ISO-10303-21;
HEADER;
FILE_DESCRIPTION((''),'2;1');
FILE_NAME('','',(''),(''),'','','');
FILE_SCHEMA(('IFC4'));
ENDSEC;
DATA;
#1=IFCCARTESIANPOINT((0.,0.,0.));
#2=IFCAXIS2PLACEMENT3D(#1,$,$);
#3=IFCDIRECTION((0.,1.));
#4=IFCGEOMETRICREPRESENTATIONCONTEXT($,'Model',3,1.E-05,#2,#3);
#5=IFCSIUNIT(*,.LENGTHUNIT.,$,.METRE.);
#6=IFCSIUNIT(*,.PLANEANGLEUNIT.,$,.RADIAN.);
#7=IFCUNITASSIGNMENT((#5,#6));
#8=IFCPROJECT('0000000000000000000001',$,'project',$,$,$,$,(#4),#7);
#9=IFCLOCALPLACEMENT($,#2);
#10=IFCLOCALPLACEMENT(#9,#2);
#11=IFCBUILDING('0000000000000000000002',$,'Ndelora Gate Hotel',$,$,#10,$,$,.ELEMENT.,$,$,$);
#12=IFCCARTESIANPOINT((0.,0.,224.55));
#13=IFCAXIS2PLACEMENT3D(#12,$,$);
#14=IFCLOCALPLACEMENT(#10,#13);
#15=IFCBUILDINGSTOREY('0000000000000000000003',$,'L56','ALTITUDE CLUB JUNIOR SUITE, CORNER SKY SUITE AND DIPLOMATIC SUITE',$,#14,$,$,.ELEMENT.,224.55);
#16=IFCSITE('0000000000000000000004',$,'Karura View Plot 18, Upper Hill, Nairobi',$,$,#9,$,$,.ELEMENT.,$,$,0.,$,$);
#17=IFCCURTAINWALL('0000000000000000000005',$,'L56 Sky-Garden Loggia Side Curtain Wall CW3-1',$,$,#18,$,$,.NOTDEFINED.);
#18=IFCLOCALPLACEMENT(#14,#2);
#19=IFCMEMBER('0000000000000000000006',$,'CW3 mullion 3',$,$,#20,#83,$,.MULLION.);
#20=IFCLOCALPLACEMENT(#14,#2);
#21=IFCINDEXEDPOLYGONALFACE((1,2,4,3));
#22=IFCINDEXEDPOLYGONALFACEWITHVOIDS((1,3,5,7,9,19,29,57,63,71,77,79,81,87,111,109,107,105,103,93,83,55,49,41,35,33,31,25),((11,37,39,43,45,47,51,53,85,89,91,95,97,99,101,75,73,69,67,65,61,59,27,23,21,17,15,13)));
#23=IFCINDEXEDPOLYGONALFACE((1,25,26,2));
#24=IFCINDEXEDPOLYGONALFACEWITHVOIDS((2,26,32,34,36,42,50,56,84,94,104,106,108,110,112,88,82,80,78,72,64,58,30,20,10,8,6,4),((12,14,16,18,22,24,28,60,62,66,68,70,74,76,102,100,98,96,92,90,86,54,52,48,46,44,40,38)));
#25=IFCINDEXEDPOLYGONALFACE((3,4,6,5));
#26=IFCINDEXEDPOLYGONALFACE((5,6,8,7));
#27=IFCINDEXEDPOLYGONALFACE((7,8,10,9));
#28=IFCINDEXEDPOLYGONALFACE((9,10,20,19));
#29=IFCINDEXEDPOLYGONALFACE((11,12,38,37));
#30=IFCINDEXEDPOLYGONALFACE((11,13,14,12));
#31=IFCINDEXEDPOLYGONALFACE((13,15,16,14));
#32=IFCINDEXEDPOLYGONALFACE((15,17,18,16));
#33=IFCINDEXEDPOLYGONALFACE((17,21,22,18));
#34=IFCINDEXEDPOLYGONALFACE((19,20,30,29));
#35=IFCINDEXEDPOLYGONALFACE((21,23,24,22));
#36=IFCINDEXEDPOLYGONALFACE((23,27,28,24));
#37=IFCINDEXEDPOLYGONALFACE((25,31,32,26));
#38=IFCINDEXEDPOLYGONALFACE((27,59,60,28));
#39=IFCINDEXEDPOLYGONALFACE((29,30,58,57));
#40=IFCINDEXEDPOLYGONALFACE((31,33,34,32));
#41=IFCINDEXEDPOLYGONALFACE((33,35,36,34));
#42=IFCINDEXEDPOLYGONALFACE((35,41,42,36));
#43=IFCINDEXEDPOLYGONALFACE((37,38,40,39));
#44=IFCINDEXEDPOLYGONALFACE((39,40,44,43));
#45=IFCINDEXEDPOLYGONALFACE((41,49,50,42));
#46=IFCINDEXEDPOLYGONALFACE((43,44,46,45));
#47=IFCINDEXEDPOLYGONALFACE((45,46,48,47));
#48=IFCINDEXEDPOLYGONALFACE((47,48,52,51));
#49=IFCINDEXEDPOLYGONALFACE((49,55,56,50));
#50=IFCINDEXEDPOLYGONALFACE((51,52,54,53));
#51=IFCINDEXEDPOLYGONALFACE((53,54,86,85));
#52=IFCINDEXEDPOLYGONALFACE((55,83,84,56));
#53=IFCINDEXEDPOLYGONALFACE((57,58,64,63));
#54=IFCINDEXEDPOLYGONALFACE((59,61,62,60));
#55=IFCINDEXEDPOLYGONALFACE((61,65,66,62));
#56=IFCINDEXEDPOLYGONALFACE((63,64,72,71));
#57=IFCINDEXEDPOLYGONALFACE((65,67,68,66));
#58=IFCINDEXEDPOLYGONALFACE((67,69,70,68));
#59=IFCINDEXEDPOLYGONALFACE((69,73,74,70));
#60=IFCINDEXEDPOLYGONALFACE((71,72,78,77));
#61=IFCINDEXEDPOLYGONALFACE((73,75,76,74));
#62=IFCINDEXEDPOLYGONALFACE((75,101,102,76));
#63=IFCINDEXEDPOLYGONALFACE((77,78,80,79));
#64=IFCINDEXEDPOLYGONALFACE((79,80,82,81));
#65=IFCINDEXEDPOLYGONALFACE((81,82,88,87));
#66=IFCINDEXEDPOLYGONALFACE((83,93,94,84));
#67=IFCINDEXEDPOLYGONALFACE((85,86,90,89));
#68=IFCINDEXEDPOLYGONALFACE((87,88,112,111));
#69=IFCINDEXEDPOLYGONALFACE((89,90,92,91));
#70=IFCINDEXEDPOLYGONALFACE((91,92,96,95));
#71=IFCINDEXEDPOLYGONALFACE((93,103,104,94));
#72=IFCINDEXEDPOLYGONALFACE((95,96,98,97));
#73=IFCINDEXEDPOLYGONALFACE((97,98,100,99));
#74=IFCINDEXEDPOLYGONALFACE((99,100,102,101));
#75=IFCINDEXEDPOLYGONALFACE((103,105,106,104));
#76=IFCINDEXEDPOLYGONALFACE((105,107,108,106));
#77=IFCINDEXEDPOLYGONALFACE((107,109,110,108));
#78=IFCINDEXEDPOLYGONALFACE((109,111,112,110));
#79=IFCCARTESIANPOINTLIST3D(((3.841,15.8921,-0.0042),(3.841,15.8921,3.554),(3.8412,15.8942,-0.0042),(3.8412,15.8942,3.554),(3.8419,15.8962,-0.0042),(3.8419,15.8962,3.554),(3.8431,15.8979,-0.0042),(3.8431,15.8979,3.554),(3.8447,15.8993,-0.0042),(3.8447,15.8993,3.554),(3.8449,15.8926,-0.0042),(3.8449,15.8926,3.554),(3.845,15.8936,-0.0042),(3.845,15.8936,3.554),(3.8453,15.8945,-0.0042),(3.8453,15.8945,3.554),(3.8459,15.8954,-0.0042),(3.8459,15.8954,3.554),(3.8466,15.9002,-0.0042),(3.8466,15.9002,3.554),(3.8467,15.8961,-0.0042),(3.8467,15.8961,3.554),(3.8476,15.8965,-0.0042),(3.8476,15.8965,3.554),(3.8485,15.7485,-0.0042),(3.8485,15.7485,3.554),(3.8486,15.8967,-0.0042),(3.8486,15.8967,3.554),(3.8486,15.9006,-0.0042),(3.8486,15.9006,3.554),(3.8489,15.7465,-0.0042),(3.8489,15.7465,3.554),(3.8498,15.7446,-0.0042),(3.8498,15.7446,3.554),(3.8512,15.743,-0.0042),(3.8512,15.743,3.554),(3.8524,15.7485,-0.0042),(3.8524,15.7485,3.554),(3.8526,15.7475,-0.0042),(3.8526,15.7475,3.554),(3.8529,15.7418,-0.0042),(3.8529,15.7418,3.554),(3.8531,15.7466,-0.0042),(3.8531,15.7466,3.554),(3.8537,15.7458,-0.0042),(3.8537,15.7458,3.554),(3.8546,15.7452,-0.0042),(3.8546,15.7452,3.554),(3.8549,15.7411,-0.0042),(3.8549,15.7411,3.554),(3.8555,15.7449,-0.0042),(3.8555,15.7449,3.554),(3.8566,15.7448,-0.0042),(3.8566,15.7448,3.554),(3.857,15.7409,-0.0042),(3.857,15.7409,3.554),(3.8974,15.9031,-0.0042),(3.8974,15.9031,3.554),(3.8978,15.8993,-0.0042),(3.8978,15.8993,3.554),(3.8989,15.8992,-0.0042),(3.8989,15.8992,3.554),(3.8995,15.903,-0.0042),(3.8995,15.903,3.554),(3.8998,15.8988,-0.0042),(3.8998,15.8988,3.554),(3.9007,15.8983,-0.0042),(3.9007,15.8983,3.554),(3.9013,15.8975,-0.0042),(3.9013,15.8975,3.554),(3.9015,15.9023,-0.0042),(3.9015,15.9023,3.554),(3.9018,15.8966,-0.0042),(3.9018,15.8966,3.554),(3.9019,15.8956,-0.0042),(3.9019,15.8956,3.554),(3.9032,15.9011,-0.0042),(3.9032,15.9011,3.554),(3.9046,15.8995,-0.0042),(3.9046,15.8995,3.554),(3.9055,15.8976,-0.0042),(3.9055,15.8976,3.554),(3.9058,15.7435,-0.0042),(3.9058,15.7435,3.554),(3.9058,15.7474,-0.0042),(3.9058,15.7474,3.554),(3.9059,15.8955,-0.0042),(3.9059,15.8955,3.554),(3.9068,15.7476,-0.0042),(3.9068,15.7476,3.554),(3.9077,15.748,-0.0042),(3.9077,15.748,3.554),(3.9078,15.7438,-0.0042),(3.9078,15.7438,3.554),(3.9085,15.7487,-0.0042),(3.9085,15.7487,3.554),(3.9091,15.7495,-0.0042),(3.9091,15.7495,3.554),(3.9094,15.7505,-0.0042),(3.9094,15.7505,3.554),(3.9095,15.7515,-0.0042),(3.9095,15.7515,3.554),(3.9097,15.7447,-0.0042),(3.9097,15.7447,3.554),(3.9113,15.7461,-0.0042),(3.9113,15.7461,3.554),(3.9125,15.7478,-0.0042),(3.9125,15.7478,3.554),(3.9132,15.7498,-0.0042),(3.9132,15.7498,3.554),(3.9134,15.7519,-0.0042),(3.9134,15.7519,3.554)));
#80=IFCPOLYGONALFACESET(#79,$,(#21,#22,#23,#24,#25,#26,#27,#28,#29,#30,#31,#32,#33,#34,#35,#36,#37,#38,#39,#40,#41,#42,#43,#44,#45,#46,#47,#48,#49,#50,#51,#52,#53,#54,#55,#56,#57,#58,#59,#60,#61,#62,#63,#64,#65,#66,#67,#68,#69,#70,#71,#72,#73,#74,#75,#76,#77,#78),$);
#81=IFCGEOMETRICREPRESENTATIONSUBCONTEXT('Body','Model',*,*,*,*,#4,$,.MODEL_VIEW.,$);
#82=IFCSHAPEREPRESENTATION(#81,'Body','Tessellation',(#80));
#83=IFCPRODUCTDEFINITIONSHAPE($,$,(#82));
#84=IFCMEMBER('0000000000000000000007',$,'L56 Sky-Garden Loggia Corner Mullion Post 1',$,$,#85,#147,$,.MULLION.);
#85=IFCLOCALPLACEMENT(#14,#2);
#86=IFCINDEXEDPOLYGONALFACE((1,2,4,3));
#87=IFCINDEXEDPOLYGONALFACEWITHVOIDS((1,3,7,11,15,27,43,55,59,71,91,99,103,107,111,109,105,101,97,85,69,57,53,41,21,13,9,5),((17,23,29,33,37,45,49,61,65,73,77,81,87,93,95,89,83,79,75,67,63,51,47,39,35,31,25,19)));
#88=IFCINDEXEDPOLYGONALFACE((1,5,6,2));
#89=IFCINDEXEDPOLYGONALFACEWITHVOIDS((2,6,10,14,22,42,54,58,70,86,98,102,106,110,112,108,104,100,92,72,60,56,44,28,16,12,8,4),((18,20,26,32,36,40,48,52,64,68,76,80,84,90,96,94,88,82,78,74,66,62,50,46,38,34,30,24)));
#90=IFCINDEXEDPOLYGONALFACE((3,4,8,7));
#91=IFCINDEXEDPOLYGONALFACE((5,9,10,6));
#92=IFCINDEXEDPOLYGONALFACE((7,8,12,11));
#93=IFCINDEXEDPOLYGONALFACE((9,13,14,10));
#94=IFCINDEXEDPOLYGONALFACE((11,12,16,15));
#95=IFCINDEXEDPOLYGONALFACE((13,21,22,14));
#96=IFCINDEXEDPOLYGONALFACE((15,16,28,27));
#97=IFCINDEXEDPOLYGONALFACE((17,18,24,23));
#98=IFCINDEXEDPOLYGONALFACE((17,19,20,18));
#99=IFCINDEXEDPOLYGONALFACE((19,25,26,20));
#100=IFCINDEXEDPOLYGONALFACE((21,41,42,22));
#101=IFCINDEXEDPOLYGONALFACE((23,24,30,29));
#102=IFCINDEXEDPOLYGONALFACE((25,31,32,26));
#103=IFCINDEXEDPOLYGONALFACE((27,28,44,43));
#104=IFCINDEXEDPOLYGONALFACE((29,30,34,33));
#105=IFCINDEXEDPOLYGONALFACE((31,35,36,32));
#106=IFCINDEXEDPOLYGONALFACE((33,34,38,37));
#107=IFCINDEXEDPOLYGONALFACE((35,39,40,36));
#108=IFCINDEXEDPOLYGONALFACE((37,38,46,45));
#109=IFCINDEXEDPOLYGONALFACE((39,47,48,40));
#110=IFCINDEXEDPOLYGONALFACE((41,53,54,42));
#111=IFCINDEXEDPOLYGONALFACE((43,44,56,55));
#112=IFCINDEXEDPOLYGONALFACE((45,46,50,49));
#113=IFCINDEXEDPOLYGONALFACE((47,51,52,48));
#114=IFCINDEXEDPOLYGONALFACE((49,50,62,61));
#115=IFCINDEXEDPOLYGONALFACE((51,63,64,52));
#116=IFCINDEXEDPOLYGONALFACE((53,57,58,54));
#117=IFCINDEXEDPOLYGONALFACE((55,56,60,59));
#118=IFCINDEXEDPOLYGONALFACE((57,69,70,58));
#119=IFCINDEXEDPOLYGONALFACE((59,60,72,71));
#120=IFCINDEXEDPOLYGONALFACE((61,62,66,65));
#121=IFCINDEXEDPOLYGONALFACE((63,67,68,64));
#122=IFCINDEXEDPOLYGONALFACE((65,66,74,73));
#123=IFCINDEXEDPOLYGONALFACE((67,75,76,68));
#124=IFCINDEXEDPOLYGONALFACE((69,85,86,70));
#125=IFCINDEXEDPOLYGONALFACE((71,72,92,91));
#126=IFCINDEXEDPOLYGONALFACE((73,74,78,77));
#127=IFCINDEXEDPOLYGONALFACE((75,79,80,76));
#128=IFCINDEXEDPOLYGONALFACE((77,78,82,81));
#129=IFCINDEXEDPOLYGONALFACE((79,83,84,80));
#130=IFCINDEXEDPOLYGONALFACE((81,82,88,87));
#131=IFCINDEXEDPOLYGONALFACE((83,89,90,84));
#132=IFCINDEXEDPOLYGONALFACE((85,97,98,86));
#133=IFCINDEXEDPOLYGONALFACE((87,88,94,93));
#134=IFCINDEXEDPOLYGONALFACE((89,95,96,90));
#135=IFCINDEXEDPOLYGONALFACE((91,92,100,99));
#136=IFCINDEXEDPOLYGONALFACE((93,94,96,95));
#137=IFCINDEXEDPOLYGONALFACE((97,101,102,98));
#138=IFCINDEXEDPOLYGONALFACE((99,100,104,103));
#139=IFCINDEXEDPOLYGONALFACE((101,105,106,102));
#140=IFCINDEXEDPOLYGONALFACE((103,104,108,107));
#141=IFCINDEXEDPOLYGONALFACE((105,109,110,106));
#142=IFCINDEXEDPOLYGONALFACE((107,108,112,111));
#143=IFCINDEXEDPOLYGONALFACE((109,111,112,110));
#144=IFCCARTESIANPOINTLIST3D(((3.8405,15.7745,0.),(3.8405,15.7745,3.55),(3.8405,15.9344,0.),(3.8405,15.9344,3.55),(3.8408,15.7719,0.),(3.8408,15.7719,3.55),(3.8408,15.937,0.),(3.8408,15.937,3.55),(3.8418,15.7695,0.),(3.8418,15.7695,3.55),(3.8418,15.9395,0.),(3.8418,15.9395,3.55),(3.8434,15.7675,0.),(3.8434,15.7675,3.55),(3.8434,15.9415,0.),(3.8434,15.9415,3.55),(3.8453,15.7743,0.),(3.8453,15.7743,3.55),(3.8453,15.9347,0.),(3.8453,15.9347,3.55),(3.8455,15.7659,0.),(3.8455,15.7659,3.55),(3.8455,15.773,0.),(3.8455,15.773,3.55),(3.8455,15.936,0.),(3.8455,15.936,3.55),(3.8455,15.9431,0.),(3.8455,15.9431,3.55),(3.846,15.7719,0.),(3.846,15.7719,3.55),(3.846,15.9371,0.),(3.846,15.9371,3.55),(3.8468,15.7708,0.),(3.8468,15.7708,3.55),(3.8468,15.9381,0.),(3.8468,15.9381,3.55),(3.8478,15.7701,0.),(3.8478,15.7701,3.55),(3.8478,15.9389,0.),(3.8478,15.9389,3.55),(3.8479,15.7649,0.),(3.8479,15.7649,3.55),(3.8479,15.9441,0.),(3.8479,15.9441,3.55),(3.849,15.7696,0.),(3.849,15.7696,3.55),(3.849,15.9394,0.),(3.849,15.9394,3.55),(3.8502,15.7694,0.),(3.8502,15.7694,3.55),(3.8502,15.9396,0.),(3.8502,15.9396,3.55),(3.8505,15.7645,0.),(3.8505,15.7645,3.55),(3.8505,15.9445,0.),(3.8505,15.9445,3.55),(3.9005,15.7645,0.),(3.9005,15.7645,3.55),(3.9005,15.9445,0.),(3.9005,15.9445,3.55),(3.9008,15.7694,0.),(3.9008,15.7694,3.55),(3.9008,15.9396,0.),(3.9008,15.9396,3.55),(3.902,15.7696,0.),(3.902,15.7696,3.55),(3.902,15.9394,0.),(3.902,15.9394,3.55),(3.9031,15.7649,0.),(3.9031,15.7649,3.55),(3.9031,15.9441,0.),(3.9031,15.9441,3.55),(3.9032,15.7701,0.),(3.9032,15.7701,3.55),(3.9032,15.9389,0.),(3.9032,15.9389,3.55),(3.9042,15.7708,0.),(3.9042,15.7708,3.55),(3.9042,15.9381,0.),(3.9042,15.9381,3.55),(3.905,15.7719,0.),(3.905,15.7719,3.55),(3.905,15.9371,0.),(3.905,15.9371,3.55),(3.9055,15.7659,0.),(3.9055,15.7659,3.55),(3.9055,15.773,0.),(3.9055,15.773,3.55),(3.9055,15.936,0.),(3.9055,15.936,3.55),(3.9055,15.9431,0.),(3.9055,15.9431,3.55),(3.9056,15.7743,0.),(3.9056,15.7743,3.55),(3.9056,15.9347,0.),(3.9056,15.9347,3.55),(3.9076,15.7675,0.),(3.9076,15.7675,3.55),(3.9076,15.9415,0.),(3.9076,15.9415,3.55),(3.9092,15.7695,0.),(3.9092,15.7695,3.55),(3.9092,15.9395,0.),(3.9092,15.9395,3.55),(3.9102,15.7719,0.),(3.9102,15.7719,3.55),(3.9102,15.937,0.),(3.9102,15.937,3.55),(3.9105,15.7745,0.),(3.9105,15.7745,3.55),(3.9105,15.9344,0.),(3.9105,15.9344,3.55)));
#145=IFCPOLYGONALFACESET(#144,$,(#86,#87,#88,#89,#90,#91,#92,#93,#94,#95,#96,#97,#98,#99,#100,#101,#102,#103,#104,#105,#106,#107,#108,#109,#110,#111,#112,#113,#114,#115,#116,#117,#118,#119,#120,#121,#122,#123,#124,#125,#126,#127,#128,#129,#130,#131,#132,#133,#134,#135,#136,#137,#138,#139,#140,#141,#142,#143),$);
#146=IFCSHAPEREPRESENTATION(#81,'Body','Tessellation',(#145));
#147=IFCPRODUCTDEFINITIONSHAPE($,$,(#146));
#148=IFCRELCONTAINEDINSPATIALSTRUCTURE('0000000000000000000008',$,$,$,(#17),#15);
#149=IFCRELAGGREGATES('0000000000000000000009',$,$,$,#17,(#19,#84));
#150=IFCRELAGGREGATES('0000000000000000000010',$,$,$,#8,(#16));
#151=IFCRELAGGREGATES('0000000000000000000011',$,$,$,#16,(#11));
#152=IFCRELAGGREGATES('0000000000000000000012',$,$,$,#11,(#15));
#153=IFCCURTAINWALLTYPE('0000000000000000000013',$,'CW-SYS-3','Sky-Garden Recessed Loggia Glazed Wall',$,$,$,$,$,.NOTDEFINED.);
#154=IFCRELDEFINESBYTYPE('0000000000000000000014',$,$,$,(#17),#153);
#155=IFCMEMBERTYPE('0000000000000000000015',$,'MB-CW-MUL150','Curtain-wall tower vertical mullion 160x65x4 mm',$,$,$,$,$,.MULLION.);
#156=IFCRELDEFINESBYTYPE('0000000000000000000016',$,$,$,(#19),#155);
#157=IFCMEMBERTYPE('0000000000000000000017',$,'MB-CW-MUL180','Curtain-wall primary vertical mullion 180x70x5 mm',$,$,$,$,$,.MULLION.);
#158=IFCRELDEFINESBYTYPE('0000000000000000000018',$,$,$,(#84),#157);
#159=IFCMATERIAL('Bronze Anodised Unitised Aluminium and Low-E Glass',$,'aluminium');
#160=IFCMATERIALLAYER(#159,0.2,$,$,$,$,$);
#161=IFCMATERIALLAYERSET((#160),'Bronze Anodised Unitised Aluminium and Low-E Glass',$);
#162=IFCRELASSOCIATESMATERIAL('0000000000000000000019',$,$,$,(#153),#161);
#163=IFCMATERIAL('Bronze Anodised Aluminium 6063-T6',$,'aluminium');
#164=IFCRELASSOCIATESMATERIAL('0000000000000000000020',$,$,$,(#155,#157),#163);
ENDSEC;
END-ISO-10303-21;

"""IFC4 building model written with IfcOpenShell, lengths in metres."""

from ifc_helpers import new_model, si_unit, direction, frame, origin, origin_2d, place, context, subcontext, project, spatial, hollow_rectangle, extrude, material, layer, layer_set, material_profile, profile_set, type_object, element, aggregate, save


model = new_model("IFC4")

# Units and contexts
model_context = context("Model", 3, precision=1e-05, world=origin(), true_north=direction((0.0, 1.0)))
body_context = subcontext(model_context, "Body", "Model", "MODEL_VIEW")
ifc_project = project(units=[si_unit("LENGTHUNIT", "METRE"), si_unit("PLANEANGLEUNIT", "RADIAN")], contexts=[model_context])

# Site, building, storey
site_placement = place(None, origin())
site = spatial("IfcSite", under=ifc_project, at=site_placement, Name="Karura View Plot 18, Upper Hill, Nairobi", CompositionType="ELEMENT", RefElevation=0.0)
building_placement = place(site_placement, origin())
building = spatial("IfcBuilding", under=site, at=building_placement, Name="Ndelora Gate Hotel", CompositionType="ELEMENT")
storey_placement = place(building_placement, frame((0.0, 0.0, 224.55)))
storey = spatial("IfcBuildingStorey", under=building, at=storey_placement, Name="L56", Description="ALTITUDE CLUB JUNIOR SUITE, CORNER SKY SUITE AND DIPLOMATIC SUITE", CompositionType="ELEMENT", Elevation=224.55)

# Curtain wall, members
ifc_material_1 = material(Name="Bronze Anodised Unitised Aluminium and Low-E Glass", Category="aluminium")
ifc_layer_1 = layer(ifc_material_1, 0.2)
ifc_layer_set_1 = layer_set([ifc_layer_1], Name="Bronze Anodised Unitised Aluminium and Low-E Glass")
curtain_wall_type = type_object("IfcCurtainWallType", Name="CW-SYS-3", Description="Sky-Garden Recessed Loggia Glazed Wall", PredefinedType="NOTDEFINED", material=ifc_layer_set_1)
curtain_wall_placement = place(storey_placement, origin())
curtain_wall = element("IfcCurtainWall", 1, at=curtain_wall_placement, inside=storey, type_object=curtain_wall_type, Name="L56 Sky-Garden Loggia Side Curtain Wall CW3-1", PredefinedType="NOTDEFINED")
ifc_material_2 = material(Name="Bronze Anodised Aluminium 6063-T6", Category="aluminium")
ifc_material_profile_1 = material_profile(ifc_material_2, hollow_rectangle(XDim=0.0649, YDim=0.1599, WallThickness=0.0039, InnerFilletRadius=0.0039, OuterFilletRadius=0.0081, at=origin_2d()), Name="ALU 160x65x4")
ifc_profile_set_1 = profile_set([ifc_material_profile_1], Name="Bronze Anodised Aluminium 6063-T6")
member_type_1 = type_object("IfcMemberType", Name="MB-CW-MUL150", Description="Curtain-wall tower vertical mullion 160x65x4 mm", PredefinedType="MULLION", material=ifc_profile_set_1)
member_1_placement = place(storey_placement, frame((3.8772, 15.822, -0.0042), z_axis=(0.0, 0.0, 1.0), x_axis=(-0.99863, -0.052318, 0.0)))
member_1 = element("IfcMember", 2, at=member_1_placement, type_object=member_type_1, Name="CW3 mullion 3", PredefinedType="MULLION", context=body_context, shape_type="SweptSolid", body=[
    extrude(hollow_rectangle(XDim=0.0649, YDim=0.1599, WallThickness=0.0039, InnerFilletRadius=0.0039, OuterFilletRadius=0.0081, at=origin_2d()), origin(), (0.0, 0.0, 1.0), 3.5581),
])
ifc_material_profile_2 = material_profile(ifc_material_2, hollow_rectangle(XDim=0.0701, YDim=0.1799, WallThickness=0.0049, InnerFilletRadius=0.0049, OuterFilletRadius=0.01, at=origin_2d()), Name="ALU 180x70x5")
ifc_profile_set_2 = profile_set([ifc_material_profile_2], Name="Bronze Anodised Aluminium 6063-T6")
member_type_2 = type_object("IfcMemberType", Name="MB-CW-MUL180", Description="Curtain-wall primary vertical mullion 180x70x5 mm", PredefinedType="MULLION", material=ifc_profile_set_2)
member_2_placement = place(storey_placement, frame((3.8755, 15.8545, 0.0), z_axis=(0.0, 0.0, 1.0), x_axis=(1.0, 0.0, 0.0)))
member_2 = element("IfcMember", 3, at=member_2_placement, type_object=member_type_2, Name="L56 Sky-Garden Loggia Corner Mullion Post 1", PredefinedType="MULLION", context=body_context, shape_type="SweptSolid", body=[
    extrude(hollow_rectangle(XDim=0.0701, YDim=0.1799, WallThickness=0.0049, InnerFilletRadius=0.0049, OuterFilletRadius=0.01, at=origin_2d()), origin(), (0.0, 0.0, 1.0), 3.55),
])
aggregate(curtain_wall, [member_1, member_2])

save(model, "model.ifc")
